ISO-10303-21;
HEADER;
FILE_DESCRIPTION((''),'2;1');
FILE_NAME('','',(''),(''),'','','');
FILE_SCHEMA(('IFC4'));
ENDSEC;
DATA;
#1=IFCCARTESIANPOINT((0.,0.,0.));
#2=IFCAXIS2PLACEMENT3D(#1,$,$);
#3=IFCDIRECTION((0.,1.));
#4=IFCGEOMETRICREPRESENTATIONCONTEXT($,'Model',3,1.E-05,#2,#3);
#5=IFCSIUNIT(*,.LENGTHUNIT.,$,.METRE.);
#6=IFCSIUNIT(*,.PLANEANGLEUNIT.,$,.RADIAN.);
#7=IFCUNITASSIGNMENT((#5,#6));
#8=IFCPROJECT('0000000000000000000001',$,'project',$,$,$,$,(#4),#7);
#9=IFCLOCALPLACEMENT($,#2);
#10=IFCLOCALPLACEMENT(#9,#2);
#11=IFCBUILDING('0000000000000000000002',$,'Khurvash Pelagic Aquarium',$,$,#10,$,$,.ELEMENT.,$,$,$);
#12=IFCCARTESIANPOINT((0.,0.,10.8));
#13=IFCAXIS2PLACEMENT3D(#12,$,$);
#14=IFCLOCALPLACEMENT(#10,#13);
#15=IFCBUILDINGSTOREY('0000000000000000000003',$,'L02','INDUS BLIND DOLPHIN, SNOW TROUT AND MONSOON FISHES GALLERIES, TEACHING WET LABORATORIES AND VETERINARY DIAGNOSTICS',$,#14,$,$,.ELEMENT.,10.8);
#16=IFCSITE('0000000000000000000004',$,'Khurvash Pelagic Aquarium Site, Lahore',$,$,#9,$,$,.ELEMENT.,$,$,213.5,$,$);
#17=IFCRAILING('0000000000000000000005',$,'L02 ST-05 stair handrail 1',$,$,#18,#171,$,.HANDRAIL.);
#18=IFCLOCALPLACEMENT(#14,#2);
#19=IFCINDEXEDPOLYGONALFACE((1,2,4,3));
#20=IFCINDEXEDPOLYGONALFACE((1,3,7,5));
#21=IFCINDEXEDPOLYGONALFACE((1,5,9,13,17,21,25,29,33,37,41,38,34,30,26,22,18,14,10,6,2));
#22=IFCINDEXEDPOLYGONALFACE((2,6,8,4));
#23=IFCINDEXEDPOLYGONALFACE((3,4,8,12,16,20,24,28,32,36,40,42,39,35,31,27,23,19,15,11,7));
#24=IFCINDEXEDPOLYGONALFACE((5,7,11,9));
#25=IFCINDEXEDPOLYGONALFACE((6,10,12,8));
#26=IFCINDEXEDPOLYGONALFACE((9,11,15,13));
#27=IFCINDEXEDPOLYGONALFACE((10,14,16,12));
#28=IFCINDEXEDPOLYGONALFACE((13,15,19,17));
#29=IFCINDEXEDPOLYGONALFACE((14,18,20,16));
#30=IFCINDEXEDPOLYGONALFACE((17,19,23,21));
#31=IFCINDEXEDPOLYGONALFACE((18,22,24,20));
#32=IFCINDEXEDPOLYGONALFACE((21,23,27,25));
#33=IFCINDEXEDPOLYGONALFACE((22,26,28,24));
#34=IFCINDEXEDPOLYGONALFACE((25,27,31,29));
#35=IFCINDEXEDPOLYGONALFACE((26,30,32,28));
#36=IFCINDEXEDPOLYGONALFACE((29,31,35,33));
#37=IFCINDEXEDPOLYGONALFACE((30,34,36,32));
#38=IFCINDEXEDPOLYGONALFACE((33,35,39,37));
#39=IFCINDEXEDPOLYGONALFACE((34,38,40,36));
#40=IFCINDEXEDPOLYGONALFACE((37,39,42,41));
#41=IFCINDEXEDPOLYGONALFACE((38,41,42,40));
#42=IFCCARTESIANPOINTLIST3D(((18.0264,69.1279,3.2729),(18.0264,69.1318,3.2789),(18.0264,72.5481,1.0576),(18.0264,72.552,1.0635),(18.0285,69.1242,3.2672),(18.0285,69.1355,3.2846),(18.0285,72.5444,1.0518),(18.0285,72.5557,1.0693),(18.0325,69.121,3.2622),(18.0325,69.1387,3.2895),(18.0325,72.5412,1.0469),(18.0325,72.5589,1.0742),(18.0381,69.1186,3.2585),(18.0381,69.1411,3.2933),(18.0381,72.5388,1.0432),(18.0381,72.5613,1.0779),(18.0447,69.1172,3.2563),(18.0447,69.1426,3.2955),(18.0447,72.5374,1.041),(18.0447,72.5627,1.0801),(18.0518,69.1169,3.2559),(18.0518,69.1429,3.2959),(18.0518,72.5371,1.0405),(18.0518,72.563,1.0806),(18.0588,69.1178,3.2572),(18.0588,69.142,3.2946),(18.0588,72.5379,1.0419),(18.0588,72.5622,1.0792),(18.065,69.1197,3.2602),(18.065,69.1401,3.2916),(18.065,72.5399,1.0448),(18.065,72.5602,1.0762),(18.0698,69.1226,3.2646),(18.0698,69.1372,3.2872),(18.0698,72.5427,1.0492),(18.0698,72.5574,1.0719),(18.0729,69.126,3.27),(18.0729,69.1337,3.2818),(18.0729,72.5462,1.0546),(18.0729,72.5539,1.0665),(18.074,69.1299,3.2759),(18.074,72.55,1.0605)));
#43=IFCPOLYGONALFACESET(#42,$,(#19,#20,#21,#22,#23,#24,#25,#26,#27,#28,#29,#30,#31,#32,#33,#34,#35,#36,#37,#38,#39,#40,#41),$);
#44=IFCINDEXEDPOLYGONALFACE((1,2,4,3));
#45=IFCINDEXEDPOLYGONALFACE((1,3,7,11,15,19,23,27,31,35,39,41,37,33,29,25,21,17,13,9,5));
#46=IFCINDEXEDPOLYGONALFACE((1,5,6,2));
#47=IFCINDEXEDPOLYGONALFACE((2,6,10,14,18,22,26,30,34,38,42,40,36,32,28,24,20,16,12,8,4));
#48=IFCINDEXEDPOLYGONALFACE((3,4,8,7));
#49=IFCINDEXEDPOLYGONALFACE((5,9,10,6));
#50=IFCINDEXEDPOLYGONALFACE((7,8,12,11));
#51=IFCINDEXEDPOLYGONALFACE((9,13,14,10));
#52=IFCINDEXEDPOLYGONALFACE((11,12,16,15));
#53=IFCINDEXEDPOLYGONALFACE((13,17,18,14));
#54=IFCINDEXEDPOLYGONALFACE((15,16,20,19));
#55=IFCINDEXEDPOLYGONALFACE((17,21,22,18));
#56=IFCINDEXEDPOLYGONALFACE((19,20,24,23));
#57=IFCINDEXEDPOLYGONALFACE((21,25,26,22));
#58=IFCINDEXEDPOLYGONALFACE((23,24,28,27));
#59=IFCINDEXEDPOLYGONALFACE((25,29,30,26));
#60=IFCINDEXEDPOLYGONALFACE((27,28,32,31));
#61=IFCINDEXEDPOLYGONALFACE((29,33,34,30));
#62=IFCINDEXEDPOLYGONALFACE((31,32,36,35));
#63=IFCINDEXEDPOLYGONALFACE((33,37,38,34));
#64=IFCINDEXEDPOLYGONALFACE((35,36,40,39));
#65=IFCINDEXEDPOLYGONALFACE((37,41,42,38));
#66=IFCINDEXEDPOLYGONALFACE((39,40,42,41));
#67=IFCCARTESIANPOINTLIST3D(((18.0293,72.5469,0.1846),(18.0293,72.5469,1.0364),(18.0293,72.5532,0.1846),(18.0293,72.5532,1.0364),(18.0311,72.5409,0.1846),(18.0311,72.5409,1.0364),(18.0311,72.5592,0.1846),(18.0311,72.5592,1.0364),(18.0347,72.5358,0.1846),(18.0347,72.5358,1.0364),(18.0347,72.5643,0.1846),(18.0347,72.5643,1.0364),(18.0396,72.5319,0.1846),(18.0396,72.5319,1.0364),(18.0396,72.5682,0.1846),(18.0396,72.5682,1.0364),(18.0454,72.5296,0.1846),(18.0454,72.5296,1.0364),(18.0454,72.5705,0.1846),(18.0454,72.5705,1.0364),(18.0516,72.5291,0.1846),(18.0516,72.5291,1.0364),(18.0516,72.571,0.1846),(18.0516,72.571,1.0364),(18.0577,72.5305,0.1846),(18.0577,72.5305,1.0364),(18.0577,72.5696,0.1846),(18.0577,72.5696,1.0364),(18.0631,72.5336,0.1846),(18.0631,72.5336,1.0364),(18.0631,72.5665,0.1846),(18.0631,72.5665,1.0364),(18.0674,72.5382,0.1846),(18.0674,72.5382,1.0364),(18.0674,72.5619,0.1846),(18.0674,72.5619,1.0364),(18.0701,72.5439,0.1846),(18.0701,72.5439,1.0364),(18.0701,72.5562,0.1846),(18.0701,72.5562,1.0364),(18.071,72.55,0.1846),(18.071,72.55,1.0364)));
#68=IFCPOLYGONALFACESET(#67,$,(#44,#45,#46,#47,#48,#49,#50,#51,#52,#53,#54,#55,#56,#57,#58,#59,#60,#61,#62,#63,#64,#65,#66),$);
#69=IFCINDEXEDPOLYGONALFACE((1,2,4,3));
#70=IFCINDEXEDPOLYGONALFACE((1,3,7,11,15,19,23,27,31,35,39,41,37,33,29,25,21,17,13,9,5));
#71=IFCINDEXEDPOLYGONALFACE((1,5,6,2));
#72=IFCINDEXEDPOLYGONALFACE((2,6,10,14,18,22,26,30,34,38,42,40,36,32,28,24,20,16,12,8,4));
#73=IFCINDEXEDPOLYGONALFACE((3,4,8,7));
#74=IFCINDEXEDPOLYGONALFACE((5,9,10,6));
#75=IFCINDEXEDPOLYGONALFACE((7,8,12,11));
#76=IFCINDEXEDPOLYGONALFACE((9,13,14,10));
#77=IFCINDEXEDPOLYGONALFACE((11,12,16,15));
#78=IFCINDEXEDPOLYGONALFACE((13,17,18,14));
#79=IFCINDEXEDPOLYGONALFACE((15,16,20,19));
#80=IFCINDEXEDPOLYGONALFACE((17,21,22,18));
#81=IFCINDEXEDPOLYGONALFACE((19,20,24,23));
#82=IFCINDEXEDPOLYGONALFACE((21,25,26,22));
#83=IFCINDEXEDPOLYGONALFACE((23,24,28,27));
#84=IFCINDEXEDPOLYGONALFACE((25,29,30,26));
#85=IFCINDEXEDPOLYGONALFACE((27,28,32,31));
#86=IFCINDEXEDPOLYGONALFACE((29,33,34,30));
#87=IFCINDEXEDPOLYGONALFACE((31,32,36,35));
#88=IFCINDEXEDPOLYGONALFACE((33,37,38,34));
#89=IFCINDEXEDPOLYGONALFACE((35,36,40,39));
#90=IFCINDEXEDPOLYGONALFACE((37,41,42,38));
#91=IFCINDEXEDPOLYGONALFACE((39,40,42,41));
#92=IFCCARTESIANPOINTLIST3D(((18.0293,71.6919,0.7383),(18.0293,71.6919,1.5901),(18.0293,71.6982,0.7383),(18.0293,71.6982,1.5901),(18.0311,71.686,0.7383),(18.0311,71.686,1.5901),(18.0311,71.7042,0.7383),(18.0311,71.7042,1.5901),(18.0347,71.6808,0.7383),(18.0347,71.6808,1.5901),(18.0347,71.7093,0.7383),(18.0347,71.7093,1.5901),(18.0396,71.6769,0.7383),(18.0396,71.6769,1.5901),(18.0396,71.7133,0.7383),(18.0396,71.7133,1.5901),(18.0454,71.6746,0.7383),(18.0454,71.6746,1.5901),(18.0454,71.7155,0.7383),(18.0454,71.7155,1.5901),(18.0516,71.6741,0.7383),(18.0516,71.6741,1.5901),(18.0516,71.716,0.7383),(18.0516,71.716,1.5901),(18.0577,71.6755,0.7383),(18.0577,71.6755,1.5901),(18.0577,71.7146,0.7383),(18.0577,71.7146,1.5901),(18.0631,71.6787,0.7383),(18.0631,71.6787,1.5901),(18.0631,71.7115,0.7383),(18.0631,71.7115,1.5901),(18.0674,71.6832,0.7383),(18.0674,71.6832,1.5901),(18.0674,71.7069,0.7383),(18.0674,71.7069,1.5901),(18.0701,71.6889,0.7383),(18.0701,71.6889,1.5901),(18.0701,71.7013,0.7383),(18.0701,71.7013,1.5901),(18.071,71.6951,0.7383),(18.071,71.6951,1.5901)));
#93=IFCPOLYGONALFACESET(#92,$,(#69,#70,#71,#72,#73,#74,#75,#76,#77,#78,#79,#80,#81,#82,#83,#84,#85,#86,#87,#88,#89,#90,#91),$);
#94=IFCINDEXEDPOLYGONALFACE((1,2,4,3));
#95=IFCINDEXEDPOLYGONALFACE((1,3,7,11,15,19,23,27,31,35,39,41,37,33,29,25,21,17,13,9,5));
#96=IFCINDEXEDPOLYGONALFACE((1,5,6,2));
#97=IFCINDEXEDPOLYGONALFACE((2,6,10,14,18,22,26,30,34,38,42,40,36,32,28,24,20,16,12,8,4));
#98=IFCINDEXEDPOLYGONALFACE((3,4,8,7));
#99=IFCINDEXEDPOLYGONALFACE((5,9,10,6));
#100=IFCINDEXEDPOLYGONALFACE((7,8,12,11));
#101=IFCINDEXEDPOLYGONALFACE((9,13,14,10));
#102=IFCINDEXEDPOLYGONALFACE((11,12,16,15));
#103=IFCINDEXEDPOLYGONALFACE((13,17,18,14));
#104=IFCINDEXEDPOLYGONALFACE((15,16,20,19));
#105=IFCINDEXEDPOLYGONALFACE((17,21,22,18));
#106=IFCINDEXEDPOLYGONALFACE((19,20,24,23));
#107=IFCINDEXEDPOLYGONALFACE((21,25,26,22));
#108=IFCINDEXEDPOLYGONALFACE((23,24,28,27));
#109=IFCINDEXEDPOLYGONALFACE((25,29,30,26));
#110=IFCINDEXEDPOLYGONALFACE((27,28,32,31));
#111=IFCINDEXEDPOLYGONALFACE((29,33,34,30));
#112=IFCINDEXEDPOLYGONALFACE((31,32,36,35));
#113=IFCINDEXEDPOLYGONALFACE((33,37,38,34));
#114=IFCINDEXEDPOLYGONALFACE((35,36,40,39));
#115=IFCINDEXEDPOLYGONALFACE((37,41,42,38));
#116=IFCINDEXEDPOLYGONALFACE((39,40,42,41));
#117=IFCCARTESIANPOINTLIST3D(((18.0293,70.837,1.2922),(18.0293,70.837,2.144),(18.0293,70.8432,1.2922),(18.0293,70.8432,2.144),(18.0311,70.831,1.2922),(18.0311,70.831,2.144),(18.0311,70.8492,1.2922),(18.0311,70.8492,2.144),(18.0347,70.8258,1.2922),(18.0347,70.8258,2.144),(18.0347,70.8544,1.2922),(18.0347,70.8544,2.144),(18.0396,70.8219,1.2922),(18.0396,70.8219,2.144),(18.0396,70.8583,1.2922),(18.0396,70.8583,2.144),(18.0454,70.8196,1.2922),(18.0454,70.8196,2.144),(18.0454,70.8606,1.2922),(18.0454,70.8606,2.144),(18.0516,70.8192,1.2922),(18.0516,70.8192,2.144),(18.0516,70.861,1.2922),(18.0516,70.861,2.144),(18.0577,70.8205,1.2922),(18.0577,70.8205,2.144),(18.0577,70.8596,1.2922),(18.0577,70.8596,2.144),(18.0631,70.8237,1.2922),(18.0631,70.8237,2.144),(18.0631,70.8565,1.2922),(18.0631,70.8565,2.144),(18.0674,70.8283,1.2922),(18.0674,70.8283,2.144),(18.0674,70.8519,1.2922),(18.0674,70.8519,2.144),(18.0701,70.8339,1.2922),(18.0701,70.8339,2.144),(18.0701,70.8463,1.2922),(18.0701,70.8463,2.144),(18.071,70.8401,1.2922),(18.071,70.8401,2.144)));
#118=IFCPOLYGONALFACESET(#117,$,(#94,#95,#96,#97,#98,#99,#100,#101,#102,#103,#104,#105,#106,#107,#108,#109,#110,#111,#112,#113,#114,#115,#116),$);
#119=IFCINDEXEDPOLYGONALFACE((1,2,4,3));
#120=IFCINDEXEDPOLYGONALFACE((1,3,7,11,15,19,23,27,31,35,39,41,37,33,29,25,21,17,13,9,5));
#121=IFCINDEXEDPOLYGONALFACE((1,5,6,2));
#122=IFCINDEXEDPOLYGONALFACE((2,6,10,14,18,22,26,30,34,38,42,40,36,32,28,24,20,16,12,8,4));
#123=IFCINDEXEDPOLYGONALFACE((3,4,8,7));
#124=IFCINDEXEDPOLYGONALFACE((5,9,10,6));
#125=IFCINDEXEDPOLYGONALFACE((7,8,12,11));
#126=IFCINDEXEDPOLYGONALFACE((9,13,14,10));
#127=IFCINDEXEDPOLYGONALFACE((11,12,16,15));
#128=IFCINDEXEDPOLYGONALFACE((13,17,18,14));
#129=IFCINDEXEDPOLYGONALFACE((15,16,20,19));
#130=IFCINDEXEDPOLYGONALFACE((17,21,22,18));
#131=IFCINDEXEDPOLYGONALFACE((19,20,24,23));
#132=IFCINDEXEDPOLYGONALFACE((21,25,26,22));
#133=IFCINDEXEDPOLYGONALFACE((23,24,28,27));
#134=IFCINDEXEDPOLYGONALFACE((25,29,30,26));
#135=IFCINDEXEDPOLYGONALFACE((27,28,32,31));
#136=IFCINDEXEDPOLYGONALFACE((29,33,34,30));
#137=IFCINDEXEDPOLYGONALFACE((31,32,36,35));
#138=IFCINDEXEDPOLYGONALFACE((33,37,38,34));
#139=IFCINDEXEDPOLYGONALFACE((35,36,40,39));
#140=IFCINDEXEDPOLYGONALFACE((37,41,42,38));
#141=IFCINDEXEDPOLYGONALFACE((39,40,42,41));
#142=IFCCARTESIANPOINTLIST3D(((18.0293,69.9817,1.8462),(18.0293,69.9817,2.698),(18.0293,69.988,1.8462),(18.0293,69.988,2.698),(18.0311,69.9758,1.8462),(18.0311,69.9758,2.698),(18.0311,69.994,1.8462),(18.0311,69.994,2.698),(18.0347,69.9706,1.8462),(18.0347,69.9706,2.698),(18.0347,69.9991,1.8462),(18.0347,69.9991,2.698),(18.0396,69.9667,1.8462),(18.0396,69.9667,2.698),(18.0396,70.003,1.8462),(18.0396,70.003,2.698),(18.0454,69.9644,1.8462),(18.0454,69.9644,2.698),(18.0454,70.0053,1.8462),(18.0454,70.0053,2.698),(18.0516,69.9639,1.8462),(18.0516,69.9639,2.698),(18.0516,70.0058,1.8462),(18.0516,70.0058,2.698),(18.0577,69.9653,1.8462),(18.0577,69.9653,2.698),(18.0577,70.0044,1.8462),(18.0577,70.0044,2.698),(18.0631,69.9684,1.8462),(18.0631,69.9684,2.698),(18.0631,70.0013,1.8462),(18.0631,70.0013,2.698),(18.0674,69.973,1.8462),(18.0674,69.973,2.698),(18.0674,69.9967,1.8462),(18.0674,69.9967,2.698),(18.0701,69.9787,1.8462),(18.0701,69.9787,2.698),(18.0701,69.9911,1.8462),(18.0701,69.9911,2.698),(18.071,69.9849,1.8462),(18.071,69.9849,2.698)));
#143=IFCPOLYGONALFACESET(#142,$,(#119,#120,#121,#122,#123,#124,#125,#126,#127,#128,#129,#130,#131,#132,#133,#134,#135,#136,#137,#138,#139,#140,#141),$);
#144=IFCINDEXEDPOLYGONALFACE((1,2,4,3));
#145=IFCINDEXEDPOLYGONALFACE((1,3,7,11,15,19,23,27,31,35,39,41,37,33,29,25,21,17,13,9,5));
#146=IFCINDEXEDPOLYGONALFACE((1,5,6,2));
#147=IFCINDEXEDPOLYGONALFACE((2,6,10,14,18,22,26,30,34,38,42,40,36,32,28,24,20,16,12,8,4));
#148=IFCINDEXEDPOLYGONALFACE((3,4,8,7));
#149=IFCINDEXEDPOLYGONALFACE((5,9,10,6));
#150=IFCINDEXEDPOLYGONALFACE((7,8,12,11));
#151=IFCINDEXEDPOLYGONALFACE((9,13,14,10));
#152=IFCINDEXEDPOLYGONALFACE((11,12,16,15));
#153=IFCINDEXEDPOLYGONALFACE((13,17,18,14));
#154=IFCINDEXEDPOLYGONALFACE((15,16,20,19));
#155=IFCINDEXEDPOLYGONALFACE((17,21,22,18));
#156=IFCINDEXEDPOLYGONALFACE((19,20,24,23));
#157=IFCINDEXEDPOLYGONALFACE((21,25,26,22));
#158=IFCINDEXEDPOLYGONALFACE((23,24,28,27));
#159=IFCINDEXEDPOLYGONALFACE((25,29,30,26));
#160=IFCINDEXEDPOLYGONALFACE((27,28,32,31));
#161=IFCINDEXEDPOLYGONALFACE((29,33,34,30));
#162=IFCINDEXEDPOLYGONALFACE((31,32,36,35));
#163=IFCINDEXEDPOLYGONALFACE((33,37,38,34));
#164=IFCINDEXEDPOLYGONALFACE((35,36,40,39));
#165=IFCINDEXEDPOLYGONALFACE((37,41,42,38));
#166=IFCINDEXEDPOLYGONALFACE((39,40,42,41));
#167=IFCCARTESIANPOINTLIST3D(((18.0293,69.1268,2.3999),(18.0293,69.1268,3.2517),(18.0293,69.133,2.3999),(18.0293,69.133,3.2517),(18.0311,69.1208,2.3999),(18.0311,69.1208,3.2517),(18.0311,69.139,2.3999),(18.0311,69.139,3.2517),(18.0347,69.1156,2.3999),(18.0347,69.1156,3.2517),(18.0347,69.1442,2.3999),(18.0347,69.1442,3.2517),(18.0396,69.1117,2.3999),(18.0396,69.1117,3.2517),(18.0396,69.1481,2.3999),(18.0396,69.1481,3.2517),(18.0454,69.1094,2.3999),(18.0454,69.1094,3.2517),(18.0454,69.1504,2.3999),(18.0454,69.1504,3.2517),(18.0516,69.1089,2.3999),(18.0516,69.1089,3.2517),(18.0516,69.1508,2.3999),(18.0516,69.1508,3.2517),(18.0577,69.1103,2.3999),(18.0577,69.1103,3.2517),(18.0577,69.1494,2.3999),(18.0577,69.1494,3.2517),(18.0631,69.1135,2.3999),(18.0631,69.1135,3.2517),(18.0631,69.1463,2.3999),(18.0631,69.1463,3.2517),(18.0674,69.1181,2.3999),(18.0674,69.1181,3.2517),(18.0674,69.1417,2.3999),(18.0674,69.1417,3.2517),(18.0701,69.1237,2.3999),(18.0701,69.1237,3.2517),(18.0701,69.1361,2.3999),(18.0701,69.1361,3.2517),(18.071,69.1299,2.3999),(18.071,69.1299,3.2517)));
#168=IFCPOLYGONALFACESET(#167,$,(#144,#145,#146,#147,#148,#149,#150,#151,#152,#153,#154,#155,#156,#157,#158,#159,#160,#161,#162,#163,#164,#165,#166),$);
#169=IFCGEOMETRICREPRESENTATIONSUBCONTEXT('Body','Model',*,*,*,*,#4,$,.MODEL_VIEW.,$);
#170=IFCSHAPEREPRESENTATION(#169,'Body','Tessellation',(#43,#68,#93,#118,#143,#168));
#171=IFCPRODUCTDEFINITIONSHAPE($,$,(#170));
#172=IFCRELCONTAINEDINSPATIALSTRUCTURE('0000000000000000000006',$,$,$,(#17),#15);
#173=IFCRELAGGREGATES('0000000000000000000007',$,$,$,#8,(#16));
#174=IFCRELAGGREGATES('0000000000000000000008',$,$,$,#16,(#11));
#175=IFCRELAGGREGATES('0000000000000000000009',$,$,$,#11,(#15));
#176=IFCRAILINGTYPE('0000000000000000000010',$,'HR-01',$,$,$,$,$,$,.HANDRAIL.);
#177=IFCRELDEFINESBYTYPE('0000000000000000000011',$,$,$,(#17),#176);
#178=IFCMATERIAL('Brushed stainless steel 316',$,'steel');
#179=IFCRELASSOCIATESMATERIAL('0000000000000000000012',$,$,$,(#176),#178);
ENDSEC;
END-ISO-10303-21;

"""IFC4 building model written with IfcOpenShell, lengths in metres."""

from ifc_helpers import new_model, si_unit, direction, frame, origin, origin_2d, place, context, subcontext, project, spatial, circle, extrude, material, type_object, element, save


model = new_model("IFC4")

# Units and contexts
model_context = context("Model", 3, precision=1e-05, world=origin(), true_north=direction((0.0, 1.0)))
body_context = subcontext(model_context, "Body", "Model", "MODEL_VIEW")
ifc_project = project(units=[si_unit("LENGTHUNIT", "METRE"), si_unit("PLANEANGLEUNIT", "RADIAN")], contexts=[model_context])

# Site, building, storey
site_placement = place(None, origin())
site = spatial("IfcSite", under=ifc_project, at=site_placement, Name="Khurvash Pelagic Aquarium Site, Lahore", CompositionType="ELEMENT", RefElevation=213.5)
building_placement = place(site_placement, origin())
building = spatial("IfcBuilding", under=site, at=building_placement, Name="Khurvash Pelagic Aquarium", CompositionType="ELEMENT")
storey_placement = place(building_placement, frame((0.0, 0.0, 10.8)))
storey = spatial("IfcBuildingStorey", under=building, at=storey_placement, Name="L02", Description="INDUS BLIND DOLPHIN, SNOW TROUT AND MONSOON FISHES GALLERIES, TEACHING WET LABORATORIES AND VETERINARY DIAGNOSTICS", CompositionType="ELEMENT", Elevation=10.8)

# Railing
ifc_material_1 = material(Name="Brushed stainless steel 316", Category="steel")
railing_type_1 = type_object("IfcRailingType", Name="HR-01", PredefinedType="HANDRAIL", material=ifc_material_1)
railing_1_placement = place(storey_placement, frame((18.05, 72.55, 0.1846)))
element("IfcRailing", 1, at=railing_1_placement, inside=storey, type_object=railing_type_1, Name="L02 ST-05 stair handrail 1", PredefinedType="HANDRAIL", context=body_context, shape_type="SweptSolid", body=[
    extrude(circle(Radius=0.0239, at=origin_2d()), frame((0.0, 0.0, 0.876), z_axis=(0.0, -0.839314, 0.543646), x_axis=(1.0, 0.0, 0.0)), (0.0, 0.0, 1.0), 4.075),
    extrude(circle(Radius=0.021, at=origin_2d()), origin(), (0.0, 0.0, 1.0), 0.8518),
    extrude(circle(Radius=0.021, at=origin_2d()), frame((0.0, -0.855, 0.5537)), (0.0, 0.0, 1.0), 0.8518),
    extrude(circle(Radius=0.021, at=origin_2d()), frame((0.0, -1.71, 1.1077)), (0.0, 0.0, 1.0), 0.8518),
    extrude(circle(Radius=0.021, at=origin_2d()), frame((0.0, -2.5652, 1.6616)), (0.0, 0.0, 1.0), 0.8518),
    extrude(circle(Radius=0.021, at=origin_2d()), frame((0.0, -3.4202, 2.2153)), (0.0, 0.0, 1.0), 0.8518),
])

save(model, "model.ifc")
